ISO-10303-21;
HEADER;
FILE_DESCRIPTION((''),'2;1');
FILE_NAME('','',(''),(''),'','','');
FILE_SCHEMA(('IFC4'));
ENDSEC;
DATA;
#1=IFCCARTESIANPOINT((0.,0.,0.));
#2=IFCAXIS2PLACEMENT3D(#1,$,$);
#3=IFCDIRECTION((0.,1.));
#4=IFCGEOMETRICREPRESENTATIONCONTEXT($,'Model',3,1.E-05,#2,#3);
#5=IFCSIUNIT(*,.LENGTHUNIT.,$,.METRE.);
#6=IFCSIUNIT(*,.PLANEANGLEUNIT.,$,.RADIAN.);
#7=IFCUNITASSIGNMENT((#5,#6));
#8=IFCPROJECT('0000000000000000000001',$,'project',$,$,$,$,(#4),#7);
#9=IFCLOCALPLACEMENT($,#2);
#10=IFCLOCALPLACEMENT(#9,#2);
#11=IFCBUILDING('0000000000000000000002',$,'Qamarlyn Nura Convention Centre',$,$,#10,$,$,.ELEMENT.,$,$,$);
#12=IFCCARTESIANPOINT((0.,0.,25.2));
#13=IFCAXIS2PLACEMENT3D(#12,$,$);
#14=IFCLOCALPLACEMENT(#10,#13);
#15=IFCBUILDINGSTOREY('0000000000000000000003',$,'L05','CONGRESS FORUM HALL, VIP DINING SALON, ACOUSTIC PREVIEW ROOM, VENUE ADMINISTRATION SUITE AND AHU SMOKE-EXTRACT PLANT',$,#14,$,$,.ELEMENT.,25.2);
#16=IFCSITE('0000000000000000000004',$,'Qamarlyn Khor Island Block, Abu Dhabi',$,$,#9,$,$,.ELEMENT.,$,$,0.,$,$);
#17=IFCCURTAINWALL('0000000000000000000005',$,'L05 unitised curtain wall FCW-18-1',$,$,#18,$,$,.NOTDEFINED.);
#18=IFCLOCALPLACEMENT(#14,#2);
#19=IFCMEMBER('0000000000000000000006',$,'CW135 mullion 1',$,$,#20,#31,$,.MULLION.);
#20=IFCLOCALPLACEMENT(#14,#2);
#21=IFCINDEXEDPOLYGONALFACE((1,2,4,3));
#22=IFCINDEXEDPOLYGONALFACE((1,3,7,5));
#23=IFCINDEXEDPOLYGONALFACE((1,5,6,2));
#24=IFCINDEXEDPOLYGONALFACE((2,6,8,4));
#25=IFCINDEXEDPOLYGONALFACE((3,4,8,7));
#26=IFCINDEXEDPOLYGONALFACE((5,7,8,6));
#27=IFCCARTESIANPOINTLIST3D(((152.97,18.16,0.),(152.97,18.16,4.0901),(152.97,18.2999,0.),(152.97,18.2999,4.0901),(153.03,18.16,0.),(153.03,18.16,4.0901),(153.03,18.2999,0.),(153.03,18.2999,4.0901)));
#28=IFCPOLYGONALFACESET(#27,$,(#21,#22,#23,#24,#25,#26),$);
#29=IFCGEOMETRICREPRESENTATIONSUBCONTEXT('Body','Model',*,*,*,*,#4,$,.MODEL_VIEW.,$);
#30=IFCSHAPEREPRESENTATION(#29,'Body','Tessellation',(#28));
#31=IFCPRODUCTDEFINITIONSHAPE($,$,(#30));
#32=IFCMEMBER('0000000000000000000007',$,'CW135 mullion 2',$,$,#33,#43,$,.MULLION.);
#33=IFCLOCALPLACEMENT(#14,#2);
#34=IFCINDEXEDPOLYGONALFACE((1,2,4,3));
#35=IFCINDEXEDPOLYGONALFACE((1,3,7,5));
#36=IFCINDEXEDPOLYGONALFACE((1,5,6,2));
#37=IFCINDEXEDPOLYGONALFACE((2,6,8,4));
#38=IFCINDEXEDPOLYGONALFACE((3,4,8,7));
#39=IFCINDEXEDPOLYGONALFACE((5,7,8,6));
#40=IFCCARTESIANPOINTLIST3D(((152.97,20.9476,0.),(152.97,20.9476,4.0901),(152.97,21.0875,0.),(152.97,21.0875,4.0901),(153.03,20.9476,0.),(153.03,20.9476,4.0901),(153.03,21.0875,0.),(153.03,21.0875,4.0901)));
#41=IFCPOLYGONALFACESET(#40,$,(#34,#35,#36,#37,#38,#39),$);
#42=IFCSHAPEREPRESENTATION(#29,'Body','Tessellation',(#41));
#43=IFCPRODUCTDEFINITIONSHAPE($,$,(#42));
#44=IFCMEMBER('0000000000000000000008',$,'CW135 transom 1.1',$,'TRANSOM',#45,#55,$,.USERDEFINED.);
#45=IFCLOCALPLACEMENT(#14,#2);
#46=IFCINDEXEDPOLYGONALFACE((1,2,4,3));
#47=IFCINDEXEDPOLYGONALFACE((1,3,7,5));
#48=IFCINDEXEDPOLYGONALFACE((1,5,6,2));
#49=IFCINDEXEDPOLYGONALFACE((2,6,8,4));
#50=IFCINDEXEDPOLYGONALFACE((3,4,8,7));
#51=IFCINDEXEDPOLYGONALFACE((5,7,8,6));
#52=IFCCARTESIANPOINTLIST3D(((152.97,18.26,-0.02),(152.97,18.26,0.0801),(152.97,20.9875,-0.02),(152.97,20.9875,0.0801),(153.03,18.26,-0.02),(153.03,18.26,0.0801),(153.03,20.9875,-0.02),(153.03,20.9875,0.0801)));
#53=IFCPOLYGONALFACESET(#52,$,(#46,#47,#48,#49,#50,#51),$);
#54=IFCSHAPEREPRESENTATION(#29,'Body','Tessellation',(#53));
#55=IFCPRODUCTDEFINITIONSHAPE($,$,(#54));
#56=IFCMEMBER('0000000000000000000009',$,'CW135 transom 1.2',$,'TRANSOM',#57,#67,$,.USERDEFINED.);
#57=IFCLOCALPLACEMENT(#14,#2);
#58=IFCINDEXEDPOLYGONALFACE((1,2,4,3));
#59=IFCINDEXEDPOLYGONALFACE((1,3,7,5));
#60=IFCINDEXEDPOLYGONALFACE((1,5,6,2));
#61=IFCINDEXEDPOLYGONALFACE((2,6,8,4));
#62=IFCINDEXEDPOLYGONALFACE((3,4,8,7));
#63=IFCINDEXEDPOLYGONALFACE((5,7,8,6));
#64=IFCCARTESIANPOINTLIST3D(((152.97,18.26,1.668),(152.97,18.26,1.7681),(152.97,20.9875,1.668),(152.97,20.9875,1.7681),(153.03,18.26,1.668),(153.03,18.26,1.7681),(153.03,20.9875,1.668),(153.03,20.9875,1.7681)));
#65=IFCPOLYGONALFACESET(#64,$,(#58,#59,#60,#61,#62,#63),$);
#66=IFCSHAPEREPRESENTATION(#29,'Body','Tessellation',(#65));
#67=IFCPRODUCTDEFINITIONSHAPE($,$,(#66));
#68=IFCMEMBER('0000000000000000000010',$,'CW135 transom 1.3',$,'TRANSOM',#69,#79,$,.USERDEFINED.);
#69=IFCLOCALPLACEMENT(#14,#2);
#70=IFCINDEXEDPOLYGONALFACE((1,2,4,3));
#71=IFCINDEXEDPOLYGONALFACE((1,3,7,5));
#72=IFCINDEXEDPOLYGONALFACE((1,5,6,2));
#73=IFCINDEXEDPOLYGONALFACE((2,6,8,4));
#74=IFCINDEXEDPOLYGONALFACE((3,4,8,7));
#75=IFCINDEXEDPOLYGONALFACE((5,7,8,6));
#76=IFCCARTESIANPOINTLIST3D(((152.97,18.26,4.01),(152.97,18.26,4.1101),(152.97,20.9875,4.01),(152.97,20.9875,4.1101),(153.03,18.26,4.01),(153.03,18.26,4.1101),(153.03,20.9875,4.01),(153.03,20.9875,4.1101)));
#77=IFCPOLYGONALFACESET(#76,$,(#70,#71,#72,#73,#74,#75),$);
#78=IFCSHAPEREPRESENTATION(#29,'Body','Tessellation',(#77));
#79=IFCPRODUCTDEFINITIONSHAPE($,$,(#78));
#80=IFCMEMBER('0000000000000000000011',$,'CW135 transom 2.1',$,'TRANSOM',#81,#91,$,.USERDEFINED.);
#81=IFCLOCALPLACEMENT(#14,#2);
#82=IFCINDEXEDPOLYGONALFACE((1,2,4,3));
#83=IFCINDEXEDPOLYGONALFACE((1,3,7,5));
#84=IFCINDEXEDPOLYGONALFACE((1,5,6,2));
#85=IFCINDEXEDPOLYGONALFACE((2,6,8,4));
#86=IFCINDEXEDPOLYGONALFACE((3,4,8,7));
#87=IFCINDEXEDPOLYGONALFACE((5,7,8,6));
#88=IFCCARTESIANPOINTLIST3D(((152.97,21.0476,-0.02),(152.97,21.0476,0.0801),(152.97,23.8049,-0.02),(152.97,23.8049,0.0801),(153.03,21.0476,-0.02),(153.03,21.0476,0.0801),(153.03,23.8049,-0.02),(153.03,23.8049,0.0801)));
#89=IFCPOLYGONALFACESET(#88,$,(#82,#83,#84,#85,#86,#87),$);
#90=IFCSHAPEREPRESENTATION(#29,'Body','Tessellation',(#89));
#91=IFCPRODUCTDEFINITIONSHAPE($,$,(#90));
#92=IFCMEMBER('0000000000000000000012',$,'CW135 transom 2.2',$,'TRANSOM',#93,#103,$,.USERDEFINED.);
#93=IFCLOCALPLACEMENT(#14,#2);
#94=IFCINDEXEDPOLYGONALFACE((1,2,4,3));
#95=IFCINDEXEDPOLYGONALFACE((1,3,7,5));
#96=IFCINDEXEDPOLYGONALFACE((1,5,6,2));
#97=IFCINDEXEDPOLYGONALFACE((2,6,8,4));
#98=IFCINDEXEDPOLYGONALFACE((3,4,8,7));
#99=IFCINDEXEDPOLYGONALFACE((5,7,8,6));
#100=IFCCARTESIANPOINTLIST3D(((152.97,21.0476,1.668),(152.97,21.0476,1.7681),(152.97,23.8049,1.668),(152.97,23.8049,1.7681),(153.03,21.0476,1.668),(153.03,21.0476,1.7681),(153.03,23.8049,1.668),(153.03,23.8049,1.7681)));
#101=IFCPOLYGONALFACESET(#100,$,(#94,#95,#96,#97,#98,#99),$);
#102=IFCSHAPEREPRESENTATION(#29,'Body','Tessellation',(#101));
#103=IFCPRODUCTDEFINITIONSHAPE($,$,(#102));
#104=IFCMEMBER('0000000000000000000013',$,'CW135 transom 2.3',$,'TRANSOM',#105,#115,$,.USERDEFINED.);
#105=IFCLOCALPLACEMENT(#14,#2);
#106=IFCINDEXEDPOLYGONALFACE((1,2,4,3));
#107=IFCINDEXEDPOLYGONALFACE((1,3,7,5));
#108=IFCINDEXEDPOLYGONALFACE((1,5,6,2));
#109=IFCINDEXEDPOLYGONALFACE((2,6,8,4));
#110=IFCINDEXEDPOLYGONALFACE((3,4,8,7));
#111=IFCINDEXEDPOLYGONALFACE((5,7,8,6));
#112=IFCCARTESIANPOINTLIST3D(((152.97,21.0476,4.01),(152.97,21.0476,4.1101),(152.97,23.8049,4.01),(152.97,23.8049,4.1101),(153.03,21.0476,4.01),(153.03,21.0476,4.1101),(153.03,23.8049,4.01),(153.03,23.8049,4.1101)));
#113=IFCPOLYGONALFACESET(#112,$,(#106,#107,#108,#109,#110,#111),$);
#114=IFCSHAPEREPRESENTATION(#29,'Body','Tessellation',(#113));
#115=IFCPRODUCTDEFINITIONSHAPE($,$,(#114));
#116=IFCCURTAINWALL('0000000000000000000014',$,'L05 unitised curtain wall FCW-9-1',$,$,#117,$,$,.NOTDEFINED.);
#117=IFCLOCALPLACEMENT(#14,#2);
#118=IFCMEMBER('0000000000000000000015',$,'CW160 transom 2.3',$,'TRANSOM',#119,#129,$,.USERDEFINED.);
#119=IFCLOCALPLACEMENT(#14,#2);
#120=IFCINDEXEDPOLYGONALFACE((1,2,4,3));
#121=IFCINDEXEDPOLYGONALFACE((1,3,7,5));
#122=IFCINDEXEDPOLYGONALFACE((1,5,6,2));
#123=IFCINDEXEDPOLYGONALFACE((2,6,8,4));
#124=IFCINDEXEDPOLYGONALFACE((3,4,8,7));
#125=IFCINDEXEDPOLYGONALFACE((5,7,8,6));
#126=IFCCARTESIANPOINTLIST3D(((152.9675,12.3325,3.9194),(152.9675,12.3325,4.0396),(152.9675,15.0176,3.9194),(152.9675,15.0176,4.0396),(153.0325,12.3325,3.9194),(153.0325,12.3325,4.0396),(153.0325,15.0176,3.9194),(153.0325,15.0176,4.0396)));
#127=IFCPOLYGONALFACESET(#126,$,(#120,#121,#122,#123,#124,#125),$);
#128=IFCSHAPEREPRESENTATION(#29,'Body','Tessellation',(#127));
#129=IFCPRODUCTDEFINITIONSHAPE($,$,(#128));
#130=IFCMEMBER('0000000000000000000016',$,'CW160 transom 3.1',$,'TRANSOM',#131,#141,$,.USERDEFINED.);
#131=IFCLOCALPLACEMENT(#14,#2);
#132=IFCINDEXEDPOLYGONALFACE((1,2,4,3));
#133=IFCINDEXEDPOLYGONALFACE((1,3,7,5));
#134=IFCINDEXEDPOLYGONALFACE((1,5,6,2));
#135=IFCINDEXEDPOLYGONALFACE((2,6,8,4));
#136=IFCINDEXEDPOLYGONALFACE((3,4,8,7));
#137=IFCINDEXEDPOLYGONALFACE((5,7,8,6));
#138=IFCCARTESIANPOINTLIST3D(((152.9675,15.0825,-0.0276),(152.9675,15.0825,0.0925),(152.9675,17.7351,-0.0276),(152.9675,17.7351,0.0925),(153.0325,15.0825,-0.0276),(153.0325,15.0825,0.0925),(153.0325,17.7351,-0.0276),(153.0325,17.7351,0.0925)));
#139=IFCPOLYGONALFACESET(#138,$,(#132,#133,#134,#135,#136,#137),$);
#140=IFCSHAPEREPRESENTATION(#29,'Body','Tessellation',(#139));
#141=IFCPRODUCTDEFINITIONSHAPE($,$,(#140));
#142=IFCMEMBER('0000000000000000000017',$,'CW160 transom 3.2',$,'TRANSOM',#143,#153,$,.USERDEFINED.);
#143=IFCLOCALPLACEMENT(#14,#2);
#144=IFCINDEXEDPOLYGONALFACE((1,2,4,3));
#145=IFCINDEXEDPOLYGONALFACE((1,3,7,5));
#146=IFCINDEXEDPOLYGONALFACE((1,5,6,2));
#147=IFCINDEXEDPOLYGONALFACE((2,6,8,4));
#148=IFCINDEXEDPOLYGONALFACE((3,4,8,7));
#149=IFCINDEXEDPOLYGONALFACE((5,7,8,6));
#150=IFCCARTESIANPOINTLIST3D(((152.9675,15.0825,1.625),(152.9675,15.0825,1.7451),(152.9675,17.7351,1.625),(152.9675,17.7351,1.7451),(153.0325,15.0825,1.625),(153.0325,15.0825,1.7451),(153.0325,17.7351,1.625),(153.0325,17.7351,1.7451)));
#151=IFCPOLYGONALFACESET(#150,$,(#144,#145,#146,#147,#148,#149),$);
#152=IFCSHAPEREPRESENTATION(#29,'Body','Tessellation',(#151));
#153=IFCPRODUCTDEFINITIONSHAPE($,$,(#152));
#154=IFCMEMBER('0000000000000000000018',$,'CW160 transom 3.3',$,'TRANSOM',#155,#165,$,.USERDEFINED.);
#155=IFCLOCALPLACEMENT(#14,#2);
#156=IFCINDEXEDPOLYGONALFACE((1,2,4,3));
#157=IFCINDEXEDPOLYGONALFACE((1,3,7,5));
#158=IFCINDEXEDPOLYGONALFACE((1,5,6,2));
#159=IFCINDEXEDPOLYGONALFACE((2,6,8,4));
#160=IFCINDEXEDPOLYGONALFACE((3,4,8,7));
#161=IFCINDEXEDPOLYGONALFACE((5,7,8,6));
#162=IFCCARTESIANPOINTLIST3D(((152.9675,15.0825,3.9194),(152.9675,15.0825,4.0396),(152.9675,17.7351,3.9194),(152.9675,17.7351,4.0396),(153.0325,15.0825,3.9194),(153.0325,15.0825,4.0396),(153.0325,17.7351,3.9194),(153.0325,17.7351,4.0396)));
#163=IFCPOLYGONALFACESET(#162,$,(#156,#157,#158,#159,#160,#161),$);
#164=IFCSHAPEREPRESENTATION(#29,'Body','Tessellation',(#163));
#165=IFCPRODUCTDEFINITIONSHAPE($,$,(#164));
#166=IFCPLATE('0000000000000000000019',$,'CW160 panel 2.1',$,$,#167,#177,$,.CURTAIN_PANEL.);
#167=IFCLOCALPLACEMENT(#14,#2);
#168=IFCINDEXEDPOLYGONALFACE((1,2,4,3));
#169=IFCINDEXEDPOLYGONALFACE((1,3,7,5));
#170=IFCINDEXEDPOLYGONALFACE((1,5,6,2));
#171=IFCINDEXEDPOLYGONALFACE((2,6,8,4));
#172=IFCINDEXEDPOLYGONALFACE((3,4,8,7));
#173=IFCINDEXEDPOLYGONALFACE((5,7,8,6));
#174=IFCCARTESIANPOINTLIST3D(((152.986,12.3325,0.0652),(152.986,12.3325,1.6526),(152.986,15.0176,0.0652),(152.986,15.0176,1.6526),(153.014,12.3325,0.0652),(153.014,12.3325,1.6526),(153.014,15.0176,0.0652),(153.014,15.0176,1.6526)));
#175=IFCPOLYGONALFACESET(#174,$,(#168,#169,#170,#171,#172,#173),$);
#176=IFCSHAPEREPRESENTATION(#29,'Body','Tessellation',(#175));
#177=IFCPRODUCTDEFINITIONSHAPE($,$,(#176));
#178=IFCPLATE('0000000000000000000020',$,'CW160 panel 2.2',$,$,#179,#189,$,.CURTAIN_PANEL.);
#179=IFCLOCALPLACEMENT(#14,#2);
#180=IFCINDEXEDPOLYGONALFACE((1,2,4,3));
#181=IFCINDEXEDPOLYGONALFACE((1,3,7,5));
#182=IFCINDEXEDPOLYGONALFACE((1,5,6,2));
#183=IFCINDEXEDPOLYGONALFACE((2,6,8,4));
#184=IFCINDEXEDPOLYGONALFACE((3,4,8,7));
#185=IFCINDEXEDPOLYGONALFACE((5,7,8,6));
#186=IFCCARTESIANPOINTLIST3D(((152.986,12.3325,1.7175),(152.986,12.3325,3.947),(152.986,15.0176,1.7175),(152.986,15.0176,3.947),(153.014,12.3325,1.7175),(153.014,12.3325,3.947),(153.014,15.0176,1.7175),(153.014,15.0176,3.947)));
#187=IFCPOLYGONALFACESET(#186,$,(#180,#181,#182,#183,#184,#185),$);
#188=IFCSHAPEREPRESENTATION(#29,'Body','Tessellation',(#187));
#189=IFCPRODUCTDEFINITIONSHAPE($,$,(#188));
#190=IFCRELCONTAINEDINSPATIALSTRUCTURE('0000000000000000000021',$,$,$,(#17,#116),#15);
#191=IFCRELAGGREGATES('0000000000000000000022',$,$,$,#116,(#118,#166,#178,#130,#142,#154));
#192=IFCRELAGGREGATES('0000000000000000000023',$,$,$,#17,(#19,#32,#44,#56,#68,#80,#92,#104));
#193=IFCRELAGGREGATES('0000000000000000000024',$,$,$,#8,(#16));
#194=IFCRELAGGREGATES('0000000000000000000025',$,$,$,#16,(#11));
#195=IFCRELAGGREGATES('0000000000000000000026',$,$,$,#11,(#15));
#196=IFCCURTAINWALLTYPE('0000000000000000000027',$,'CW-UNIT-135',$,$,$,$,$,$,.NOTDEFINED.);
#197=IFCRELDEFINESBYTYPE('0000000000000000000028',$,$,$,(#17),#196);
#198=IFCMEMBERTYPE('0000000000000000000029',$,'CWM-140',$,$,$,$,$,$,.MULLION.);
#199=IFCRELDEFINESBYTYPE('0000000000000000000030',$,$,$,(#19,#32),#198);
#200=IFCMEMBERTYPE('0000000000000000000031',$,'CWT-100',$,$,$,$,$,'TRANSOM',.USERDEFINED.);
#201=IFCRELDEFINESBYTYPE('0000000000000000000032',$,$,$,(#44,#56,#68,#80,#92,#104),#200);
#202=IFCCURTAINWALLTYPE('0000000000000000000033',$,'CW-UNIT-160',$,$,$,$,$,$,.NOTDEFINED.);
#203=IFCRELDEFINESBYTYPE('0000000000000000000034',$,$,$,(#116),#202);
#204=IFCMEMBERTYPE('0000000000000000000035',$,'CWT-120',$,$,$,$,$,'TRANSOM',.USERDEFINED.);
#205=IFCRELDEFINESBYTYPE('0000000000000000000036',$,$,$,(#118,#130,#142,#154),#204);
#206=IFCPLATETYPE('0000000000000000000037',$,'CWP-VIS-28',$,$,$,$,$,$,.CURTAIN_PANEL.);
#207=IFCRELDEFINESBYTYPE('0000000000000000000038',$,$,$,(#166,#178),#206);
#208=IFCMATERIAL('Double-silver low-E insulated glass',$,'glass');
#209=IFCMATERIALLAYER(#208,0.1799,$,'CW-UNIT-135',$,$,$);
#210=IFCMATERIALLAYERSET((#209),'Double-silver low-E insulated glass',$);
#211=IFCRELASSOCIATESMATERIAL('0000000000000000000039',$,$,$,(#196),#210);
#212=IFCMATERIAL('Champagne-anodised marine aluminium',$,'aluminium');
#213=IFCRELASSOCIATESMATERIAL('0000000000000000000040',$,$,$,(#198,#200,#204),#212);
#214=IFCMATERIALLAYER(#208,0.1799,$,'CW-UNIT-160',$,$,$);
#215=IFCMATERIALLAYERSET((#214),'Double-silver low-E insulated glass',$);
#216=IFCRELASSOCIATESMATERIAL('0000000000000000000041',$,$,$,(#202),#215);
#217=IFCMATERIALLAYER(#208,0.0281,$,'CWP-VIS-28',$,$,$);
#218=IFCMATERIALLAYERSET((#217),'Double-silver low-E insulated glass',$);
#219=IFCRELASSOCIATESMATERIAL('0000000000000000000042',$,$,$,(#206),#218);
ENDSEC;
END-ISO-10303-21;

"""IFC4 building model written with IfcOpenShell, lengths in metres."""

from ifc_helpers import new_model, si_unit, direction, frame, origin, origin_2d, place, context, subcontext, project, spatial, rectangle, extrude, material, layer, layer_set, material_profile, profile_set, type_object, element, aggregate, save


model = new_model("IFC4")

# Units and contexts
model_context = context("Model", 3, precision=1e-05, world=origin(), true_north=direction((0.0, 1.0)))
body_context = subcontext(model_context, "Body", "Model", "MODEL_VIEW")
ifc_project = project(units=[si_unit("LENGTHUNIT", "METRE"), si_unit("PLANEANGLEUNIT", "RADIAN")], contexts=[model_context])

# Site, building, storey
site_placement = place(None, origin())
site = spatial("IfcSite", under=ifc_project, at=site_placement, Name="Qamarlyn Khor Island Block, Abu Dhabi", CompositionType="ELEMENT", RefElevation=0.0)
building_placement = place(site_placement, origin())
building = spatial("IfcBuilding", under=site, at=building_placement, Name="Qamarlyn Nura Convention Centre", CompositionType="ELEMENT")
storey_placement = place(building_placement, frame((0.0, 0.0, 25.2)))
storey = spatial("IfcBuildingStorey", under=building, at=storey_placement, Name="L05", Description="CONGRESS FORUM HALL, VIP DINING SALON, ACOUSTIC PREVIEW ROOM, VENUE ADMINISTRATION SUITE AND AHU SMOKE-EXTRACT PLANT", CompositionType="ELEMENT", Elevation=25.2)

# Curtain wall, members
ifc_material_1 = material(Name="Double-silver low-E insulated glass", Category="glass")
ifc_layer_1 = layer(ifc_material_1, 0.1799, Name="CW-UNIT-135")
ifc_layer_set_1 = layer_set([ifc_layer_1], Name="Double-silver low-E insulated glass")
curtain_wall_type_1 = type_object("IfcCurtainWallType", Name="CW-UNIT-135", PredefinedType="NOTDEFINED", material=ifc_layer_set_1)
curtain_wall_1_placement = place(storey_placement, origin())
curtain_wall_1 = element("IfcCurtainWall", 1, at=curtain_wall_1_placement, inside=storey, type_object=curtain_wall_type_1, Name="L05 unitised curtain wall FCW-18-1", PredefinedType="NOTDEFINED")
ifc_material_2 = material(Name="Champagne-anodised marine aluminium", Category="aluminium")
ifc_material_profile_1 = material_profile(ifc_material_2, rectangle(XDim=0.0601, YDim=0.1399, at=origin_2d()), Name="ALU MULLION 60x140")
ifc_profile_set_1 = profile_set([ifc_material_profile_1], Name="Champagne-anodised marine aluminium")
member_type_1 = type_object("IfcMemberType", Name="CWM-140", PredefinedType="MULLION", material=ifc_profile_set_1)
member_1_placement = place(storey_placement, frame((153.0, 18.23, 0.0), z_axis=(0.0, 0.0, 1.0), x_axis=(-1.0, 0.0, 0.0)))
member_1 = element("IfcMember", 2, at=member_1_placement, type_object=member_type_1, Name="CW135 mullion 1", PredefinedType="MULLION", context=body_context, shape_type="SweptSolid", body=[
    extrude(rectangle(XDim=0.0601, YDim=0.1399, at=origin_2d()), origin(), (0.0, 0.0, 1.0), 4.0901),
])
member_2_placement = place(storey_placement, frame((153.0, 21.0176, 0.0), z_axis=(0.0, 0.0, 1.0), x_axis=(-1.0, 0.0, 0.0)))
member_2 = element("IfcMember", 3, at=member_2_placement, type_object=member_type_1, Name="CW135 mullion 2", PredefinedType="MULLION", context=body_context, shape_type="SweptSolid", body=[
    extrude(rectangle(XDim=0.0601, YDim=0.1399, at=origin_2d()), origin(), (0.0, 0.0, 1.0), 4.0901),
])
ifc_material_profile_2 = material_profile(ifc_material_2, rectangle(XDim=0.0601, YDim=0.1001, at=origin_2d()), Name="ALU TRANSOM 60x100")
ifc_profile_set_2 = profile_set([ifc_material_profile_2], Name="Champagne-anodised marine aluminium")
member_type_2 = type_object("IfcMemberType", Name="CWT-100", ElementType="TRANSOM", PredefinedType="USERDEFINED", material=ifc_profile_set_2)
member_3_placement = place(storey_placement, frame((153.0, 18.26, 0.03), z_axis=(0.0, 1.0, 0.0), x_axis=(-1.0, 0.0, 0.0)))
member_3 = element("IfcMember", 4, at=member_3_placement, type_object=member_type_2, Name="CW135 transom 1.1", ObjectType="TRANSOM", PredefinedType="USERDEFINED", context=body_context, shape_type="SweptSolid", body=[
    extrude(rectangle(XDim=0.0601, YDim=0.1001, at=origin_2d()), origin(), (0.0, 0.0, 1.0), 2.7275),
])
member_4_placement = place(storey_placement, frame((153.0, 18.26, 1.718), z_axis=(0.0, 1.0, 0.0), x_axis=(-1.0, 0.0, 0.0)))
member_4 = element("IfcMember", 5, at=member_4_placement, type_object=member_type_2, Name="CW135 transom 1.2", ObjectType="TRANSOM", PredefinedType="USERDEFINED", context=body_context, shape_type="SweptSolid", body=[
    extrude(rectangle(XDim=0.0601, YDim=0.1001, at=origin_2d()), origin(), (0.0, 0.0, 1.0), 2.7275),
])
member_5_placement = place(storey_placement, frame((153.0, 18.26, 4.0601), z_axis=(0.0, 1.0, 0.0), x_axis=(-1.0, 0.0, 0.0)))
member_5 = element("IfcMember", 6, at=member_5_placement, type_object=member_type_2, Name="CW135 transom 1.3", ObjectType="TRANSOM", PredefinedType="USERDEFINED", context=body_context, shape_type="SweptSolid", body=[
    extrude(rectangle(XDim=0.0601, YDim=0.1001, at=origin_2d()), origin(), (0.0, 0.0, 1.0), 2.7275),
])
member_6_placement = place(storey_placement, frame((153.0, 21.0476, 0.03), z_axis=(0.0, 1.0, 0.0), x_axis=(-1.0, 0.0, 0.0)))
member_6 = element("IfcMember", 7, at=member_6_placement, type_object=member_type_2, Name="CW135 transom 2.1", ObjectType="TRANSOM", PredefinedType="USERDEFINED", context=body_context, shape_type="SweptSolid", body=[
    extrude(rectangle(XDim=0.0601, YDim=0.1001, at=origin_2d()), origin(), (0.0, 0.0, 1.0), 2.7573),
])
member_7_placement = place(storey_placement, frame((153.0, 21.0476, 1.718), z_axis=(0.0, 1.0, 0.0), x_axis=(-1.0, 0.0, 0.0)))
member_7 = element("IfcMember", 8, at=member_7_placement, type_object=member_type_2, Name="CW135 transom 2.2", ObjectType="TRANSOM", PredefinedType="USERDEFINED", context=body_context, shape_type="SweptSolid", body=[
    extrude(rectangle(XDim=0.0601, YDim=0.1001, at=origin_2d()), origin(), (0.0, 0.0, 1.0), 2.7573),
])
member_8_placement = place(storey_placement, frame((153.0, 21.0476, 4.0601), z_axis=(0.0, 1.0, 0.0), x_axis=(-1.0, 0.0, 0.0)))
member_8 = element("IfcMember", 9, at=member_8_placement, type_object=member_type_2, Name="CW135 transom 2.3", ObjectType="TRANSOM", PredefinedType="USERDEFINED", context=body_context, shape_type="SweptSolid", body=[
    extrude(rectangle(XDim=0.0601, YDim=0.1001, at=origin_2d()), origin(), (0.0, 0.0, 1.0), 2.7573),
])

# Curtain wall, members, plates
ifc_layer_2 = layer(ifc_material_1, 0.1799, Name="CW-UNIT-160")
ifc_layer_set_2 = layer_set([ifc_layer_2], Name="Double-silver low-E insulated glass")
curtain_wall_type_2 = type_object("IfcCurtainWallType", Name="CW-UNIT-160", PredefinedType="NOTDEFINED", material=ifc_layer_set_2)
curtain_wall_2_placement = place(storey_placement, origin())
curtain_wall_2 = element("IfcCurtainWall", 10, at=curtain_wall_2_placement, inside=storey, type_object=curtain_wall_type_2, Name="L05 unitised curtain wall FCW-9-1", PredefinedType="NOTDEFINED")
ifc_material_profile_3 = material_profile(ifc_material_2, rectangle(XDim=0.0649, YDim=0.1201, at=origin_2d()), Name="ALU TRANSOM 65x120")
ifc_profile_set_3 = profile_set([ifc_material_profile_3], Name="Champagne-anodised marine aluminium")
member_type_3 = type_object("IfcMemberType", Name="CWT-120", ElementType="TRANSOM", PredefinedType="USERDEFINED", material=ifc_profile_set_3)
member_9_placement = place(storey_placement, frame((153.0, 12.3325, 3.9795), z_axis=(0.0, 1.0, 0.0), x_axis=(-1.0, 0.0, 0.0)))
member_9 = element("IfcMember", 11, at=member_9_placement, type_object=member_type_3, Name="CW160 transom 2.3", ObjectType="TRANSOM", PredefinedType="USERDEFINED", context=body_context, shape_type="SweptSolid", body=[
    extrude(rectangle(XDim=0.0649, YDim=0.1201, at=origin_2d()), origin(), (0.0, 0.0, 1.0), 2.6851),
])
member_10_placement = place(storey_placement, frame((153.0, 15.0825, 0.0325), z_axis=(0.0, 1.0, 0.0), x_axis=(-1.0, 0.0, 0.0)))
member_10 = element("IfcMember", 12, at=member_10_placement, type_object=member_type_3, Name="CW160 transom 3.1", ObjectType="TRANSOM", PredefinedType="USERDEFINED", context=body_context, shape_type="SweptSolid", body=[
    extrude(rectangle(XDim=0.0649, YDim=0.1201, at=origin_2d()), origin(), (0.0, 0.0, 1.0), 2.6526),
])
member_11_placement = place(storey_placement, frame((153.0, 15.0825, 1.6851), z_axis=(0.0, 1.0, 0.0), x_axis=(-1.0, 0.0, 0.0)))
member_11 = element("IfcMember", 13, at=member_11_placement, type_object=member_type_3, Name="CW160 transom 3.2", ObjectType="TRANSOM", PredefinedType="USERDEFINED", context=body_context, shape_type="SweptSolid", body=[
    extrude(rectangle(XDim=0.0649, YDim=0.1201, at=origin_2d()), origin(), (0.0, 0.0, 1.0), 2.6526),
])
member_12_placement = place(storey_placement, frame((153.0, 15.0825, 3.9795), z_axis=(0.0, 1.0, 0.0), x_axis=(-1.0, 0.0, 0.0)))
member_12 = element("IfcMember", 14, at=member_12_placement, type_object=member_type_3, Name="CW160 transom 3.3", ObjectType="TRANSOM", PredefinedType="USERDEFINED", context=body_context, shape_type="SweptSolid", body=[
    extrude(rectangle(XDim=0.0649, YDim=0.1201, at=origin_2d()), origin(), (0.0, 0.0, 1.0), 2.6526),
])
ifc_layer_3 = layer(ifc_material_1, 0.0281, Name="CWP-VIS-28")
ifc_layer_set_3 = layer_set([ifc_layer_3], Name="Double-silver low-E insulated glass")
plate_type = type_object("IfcPlateType", Name="CWP-VIS-28", PredefinedType="CURTAIN_PANEL", material=ifc_layer_set_3)
plate_1_placement = place(storey_placement, frame((153.0, 13.675, 0.0652), z_axis=(0.0, 0.0, 1.0), x_axis=(0.0, 1.0, 0.0)))
plate_1 = element("IfcPlate", 15, at=plate_1_placement, type_object=plate_type, Name="CW160 panel 2.1", PredefinedType="CURTAIN_PANEL", context=body_context, shape_type="SweptSolid", body=[
    extrude(rectangle(XDim=2.6851, YDim=0.0281, at=origin_2d()), origin(), (0.0, 0.0, 1.0), 1.5874),
])
plate_2_placement = place(storey_placement, frame((153.0, 13.675, 1.7175), z_axis=(0.0, 0.0, 1.0), x_axis=(0.0, 1.0, 0.0)))
plate_2 = element("IfcPlate", 16, at=plate_2_placement, type_object=plate_type, Name="CW160 panel 2.2", PredefinedType="CURTAIN_PANEL", context=body_context, shape_type="SweptSolid", body=[
    extrude(rectangle(XDim=2.6851, YDim=0.0281, at=origin_2d()), origin(), (0.0, 0.0, 1.0), 2.2295),
])
aggregate(curtain_wall_2, [member_9, plate_1, plate_2, member_10, member_11, member_12])

aggregate(curtain_wall_1, [member_1, member_2, member_3, member_4, member_5, member_6, member_7, member_8])

save(model, "model.ifc")
